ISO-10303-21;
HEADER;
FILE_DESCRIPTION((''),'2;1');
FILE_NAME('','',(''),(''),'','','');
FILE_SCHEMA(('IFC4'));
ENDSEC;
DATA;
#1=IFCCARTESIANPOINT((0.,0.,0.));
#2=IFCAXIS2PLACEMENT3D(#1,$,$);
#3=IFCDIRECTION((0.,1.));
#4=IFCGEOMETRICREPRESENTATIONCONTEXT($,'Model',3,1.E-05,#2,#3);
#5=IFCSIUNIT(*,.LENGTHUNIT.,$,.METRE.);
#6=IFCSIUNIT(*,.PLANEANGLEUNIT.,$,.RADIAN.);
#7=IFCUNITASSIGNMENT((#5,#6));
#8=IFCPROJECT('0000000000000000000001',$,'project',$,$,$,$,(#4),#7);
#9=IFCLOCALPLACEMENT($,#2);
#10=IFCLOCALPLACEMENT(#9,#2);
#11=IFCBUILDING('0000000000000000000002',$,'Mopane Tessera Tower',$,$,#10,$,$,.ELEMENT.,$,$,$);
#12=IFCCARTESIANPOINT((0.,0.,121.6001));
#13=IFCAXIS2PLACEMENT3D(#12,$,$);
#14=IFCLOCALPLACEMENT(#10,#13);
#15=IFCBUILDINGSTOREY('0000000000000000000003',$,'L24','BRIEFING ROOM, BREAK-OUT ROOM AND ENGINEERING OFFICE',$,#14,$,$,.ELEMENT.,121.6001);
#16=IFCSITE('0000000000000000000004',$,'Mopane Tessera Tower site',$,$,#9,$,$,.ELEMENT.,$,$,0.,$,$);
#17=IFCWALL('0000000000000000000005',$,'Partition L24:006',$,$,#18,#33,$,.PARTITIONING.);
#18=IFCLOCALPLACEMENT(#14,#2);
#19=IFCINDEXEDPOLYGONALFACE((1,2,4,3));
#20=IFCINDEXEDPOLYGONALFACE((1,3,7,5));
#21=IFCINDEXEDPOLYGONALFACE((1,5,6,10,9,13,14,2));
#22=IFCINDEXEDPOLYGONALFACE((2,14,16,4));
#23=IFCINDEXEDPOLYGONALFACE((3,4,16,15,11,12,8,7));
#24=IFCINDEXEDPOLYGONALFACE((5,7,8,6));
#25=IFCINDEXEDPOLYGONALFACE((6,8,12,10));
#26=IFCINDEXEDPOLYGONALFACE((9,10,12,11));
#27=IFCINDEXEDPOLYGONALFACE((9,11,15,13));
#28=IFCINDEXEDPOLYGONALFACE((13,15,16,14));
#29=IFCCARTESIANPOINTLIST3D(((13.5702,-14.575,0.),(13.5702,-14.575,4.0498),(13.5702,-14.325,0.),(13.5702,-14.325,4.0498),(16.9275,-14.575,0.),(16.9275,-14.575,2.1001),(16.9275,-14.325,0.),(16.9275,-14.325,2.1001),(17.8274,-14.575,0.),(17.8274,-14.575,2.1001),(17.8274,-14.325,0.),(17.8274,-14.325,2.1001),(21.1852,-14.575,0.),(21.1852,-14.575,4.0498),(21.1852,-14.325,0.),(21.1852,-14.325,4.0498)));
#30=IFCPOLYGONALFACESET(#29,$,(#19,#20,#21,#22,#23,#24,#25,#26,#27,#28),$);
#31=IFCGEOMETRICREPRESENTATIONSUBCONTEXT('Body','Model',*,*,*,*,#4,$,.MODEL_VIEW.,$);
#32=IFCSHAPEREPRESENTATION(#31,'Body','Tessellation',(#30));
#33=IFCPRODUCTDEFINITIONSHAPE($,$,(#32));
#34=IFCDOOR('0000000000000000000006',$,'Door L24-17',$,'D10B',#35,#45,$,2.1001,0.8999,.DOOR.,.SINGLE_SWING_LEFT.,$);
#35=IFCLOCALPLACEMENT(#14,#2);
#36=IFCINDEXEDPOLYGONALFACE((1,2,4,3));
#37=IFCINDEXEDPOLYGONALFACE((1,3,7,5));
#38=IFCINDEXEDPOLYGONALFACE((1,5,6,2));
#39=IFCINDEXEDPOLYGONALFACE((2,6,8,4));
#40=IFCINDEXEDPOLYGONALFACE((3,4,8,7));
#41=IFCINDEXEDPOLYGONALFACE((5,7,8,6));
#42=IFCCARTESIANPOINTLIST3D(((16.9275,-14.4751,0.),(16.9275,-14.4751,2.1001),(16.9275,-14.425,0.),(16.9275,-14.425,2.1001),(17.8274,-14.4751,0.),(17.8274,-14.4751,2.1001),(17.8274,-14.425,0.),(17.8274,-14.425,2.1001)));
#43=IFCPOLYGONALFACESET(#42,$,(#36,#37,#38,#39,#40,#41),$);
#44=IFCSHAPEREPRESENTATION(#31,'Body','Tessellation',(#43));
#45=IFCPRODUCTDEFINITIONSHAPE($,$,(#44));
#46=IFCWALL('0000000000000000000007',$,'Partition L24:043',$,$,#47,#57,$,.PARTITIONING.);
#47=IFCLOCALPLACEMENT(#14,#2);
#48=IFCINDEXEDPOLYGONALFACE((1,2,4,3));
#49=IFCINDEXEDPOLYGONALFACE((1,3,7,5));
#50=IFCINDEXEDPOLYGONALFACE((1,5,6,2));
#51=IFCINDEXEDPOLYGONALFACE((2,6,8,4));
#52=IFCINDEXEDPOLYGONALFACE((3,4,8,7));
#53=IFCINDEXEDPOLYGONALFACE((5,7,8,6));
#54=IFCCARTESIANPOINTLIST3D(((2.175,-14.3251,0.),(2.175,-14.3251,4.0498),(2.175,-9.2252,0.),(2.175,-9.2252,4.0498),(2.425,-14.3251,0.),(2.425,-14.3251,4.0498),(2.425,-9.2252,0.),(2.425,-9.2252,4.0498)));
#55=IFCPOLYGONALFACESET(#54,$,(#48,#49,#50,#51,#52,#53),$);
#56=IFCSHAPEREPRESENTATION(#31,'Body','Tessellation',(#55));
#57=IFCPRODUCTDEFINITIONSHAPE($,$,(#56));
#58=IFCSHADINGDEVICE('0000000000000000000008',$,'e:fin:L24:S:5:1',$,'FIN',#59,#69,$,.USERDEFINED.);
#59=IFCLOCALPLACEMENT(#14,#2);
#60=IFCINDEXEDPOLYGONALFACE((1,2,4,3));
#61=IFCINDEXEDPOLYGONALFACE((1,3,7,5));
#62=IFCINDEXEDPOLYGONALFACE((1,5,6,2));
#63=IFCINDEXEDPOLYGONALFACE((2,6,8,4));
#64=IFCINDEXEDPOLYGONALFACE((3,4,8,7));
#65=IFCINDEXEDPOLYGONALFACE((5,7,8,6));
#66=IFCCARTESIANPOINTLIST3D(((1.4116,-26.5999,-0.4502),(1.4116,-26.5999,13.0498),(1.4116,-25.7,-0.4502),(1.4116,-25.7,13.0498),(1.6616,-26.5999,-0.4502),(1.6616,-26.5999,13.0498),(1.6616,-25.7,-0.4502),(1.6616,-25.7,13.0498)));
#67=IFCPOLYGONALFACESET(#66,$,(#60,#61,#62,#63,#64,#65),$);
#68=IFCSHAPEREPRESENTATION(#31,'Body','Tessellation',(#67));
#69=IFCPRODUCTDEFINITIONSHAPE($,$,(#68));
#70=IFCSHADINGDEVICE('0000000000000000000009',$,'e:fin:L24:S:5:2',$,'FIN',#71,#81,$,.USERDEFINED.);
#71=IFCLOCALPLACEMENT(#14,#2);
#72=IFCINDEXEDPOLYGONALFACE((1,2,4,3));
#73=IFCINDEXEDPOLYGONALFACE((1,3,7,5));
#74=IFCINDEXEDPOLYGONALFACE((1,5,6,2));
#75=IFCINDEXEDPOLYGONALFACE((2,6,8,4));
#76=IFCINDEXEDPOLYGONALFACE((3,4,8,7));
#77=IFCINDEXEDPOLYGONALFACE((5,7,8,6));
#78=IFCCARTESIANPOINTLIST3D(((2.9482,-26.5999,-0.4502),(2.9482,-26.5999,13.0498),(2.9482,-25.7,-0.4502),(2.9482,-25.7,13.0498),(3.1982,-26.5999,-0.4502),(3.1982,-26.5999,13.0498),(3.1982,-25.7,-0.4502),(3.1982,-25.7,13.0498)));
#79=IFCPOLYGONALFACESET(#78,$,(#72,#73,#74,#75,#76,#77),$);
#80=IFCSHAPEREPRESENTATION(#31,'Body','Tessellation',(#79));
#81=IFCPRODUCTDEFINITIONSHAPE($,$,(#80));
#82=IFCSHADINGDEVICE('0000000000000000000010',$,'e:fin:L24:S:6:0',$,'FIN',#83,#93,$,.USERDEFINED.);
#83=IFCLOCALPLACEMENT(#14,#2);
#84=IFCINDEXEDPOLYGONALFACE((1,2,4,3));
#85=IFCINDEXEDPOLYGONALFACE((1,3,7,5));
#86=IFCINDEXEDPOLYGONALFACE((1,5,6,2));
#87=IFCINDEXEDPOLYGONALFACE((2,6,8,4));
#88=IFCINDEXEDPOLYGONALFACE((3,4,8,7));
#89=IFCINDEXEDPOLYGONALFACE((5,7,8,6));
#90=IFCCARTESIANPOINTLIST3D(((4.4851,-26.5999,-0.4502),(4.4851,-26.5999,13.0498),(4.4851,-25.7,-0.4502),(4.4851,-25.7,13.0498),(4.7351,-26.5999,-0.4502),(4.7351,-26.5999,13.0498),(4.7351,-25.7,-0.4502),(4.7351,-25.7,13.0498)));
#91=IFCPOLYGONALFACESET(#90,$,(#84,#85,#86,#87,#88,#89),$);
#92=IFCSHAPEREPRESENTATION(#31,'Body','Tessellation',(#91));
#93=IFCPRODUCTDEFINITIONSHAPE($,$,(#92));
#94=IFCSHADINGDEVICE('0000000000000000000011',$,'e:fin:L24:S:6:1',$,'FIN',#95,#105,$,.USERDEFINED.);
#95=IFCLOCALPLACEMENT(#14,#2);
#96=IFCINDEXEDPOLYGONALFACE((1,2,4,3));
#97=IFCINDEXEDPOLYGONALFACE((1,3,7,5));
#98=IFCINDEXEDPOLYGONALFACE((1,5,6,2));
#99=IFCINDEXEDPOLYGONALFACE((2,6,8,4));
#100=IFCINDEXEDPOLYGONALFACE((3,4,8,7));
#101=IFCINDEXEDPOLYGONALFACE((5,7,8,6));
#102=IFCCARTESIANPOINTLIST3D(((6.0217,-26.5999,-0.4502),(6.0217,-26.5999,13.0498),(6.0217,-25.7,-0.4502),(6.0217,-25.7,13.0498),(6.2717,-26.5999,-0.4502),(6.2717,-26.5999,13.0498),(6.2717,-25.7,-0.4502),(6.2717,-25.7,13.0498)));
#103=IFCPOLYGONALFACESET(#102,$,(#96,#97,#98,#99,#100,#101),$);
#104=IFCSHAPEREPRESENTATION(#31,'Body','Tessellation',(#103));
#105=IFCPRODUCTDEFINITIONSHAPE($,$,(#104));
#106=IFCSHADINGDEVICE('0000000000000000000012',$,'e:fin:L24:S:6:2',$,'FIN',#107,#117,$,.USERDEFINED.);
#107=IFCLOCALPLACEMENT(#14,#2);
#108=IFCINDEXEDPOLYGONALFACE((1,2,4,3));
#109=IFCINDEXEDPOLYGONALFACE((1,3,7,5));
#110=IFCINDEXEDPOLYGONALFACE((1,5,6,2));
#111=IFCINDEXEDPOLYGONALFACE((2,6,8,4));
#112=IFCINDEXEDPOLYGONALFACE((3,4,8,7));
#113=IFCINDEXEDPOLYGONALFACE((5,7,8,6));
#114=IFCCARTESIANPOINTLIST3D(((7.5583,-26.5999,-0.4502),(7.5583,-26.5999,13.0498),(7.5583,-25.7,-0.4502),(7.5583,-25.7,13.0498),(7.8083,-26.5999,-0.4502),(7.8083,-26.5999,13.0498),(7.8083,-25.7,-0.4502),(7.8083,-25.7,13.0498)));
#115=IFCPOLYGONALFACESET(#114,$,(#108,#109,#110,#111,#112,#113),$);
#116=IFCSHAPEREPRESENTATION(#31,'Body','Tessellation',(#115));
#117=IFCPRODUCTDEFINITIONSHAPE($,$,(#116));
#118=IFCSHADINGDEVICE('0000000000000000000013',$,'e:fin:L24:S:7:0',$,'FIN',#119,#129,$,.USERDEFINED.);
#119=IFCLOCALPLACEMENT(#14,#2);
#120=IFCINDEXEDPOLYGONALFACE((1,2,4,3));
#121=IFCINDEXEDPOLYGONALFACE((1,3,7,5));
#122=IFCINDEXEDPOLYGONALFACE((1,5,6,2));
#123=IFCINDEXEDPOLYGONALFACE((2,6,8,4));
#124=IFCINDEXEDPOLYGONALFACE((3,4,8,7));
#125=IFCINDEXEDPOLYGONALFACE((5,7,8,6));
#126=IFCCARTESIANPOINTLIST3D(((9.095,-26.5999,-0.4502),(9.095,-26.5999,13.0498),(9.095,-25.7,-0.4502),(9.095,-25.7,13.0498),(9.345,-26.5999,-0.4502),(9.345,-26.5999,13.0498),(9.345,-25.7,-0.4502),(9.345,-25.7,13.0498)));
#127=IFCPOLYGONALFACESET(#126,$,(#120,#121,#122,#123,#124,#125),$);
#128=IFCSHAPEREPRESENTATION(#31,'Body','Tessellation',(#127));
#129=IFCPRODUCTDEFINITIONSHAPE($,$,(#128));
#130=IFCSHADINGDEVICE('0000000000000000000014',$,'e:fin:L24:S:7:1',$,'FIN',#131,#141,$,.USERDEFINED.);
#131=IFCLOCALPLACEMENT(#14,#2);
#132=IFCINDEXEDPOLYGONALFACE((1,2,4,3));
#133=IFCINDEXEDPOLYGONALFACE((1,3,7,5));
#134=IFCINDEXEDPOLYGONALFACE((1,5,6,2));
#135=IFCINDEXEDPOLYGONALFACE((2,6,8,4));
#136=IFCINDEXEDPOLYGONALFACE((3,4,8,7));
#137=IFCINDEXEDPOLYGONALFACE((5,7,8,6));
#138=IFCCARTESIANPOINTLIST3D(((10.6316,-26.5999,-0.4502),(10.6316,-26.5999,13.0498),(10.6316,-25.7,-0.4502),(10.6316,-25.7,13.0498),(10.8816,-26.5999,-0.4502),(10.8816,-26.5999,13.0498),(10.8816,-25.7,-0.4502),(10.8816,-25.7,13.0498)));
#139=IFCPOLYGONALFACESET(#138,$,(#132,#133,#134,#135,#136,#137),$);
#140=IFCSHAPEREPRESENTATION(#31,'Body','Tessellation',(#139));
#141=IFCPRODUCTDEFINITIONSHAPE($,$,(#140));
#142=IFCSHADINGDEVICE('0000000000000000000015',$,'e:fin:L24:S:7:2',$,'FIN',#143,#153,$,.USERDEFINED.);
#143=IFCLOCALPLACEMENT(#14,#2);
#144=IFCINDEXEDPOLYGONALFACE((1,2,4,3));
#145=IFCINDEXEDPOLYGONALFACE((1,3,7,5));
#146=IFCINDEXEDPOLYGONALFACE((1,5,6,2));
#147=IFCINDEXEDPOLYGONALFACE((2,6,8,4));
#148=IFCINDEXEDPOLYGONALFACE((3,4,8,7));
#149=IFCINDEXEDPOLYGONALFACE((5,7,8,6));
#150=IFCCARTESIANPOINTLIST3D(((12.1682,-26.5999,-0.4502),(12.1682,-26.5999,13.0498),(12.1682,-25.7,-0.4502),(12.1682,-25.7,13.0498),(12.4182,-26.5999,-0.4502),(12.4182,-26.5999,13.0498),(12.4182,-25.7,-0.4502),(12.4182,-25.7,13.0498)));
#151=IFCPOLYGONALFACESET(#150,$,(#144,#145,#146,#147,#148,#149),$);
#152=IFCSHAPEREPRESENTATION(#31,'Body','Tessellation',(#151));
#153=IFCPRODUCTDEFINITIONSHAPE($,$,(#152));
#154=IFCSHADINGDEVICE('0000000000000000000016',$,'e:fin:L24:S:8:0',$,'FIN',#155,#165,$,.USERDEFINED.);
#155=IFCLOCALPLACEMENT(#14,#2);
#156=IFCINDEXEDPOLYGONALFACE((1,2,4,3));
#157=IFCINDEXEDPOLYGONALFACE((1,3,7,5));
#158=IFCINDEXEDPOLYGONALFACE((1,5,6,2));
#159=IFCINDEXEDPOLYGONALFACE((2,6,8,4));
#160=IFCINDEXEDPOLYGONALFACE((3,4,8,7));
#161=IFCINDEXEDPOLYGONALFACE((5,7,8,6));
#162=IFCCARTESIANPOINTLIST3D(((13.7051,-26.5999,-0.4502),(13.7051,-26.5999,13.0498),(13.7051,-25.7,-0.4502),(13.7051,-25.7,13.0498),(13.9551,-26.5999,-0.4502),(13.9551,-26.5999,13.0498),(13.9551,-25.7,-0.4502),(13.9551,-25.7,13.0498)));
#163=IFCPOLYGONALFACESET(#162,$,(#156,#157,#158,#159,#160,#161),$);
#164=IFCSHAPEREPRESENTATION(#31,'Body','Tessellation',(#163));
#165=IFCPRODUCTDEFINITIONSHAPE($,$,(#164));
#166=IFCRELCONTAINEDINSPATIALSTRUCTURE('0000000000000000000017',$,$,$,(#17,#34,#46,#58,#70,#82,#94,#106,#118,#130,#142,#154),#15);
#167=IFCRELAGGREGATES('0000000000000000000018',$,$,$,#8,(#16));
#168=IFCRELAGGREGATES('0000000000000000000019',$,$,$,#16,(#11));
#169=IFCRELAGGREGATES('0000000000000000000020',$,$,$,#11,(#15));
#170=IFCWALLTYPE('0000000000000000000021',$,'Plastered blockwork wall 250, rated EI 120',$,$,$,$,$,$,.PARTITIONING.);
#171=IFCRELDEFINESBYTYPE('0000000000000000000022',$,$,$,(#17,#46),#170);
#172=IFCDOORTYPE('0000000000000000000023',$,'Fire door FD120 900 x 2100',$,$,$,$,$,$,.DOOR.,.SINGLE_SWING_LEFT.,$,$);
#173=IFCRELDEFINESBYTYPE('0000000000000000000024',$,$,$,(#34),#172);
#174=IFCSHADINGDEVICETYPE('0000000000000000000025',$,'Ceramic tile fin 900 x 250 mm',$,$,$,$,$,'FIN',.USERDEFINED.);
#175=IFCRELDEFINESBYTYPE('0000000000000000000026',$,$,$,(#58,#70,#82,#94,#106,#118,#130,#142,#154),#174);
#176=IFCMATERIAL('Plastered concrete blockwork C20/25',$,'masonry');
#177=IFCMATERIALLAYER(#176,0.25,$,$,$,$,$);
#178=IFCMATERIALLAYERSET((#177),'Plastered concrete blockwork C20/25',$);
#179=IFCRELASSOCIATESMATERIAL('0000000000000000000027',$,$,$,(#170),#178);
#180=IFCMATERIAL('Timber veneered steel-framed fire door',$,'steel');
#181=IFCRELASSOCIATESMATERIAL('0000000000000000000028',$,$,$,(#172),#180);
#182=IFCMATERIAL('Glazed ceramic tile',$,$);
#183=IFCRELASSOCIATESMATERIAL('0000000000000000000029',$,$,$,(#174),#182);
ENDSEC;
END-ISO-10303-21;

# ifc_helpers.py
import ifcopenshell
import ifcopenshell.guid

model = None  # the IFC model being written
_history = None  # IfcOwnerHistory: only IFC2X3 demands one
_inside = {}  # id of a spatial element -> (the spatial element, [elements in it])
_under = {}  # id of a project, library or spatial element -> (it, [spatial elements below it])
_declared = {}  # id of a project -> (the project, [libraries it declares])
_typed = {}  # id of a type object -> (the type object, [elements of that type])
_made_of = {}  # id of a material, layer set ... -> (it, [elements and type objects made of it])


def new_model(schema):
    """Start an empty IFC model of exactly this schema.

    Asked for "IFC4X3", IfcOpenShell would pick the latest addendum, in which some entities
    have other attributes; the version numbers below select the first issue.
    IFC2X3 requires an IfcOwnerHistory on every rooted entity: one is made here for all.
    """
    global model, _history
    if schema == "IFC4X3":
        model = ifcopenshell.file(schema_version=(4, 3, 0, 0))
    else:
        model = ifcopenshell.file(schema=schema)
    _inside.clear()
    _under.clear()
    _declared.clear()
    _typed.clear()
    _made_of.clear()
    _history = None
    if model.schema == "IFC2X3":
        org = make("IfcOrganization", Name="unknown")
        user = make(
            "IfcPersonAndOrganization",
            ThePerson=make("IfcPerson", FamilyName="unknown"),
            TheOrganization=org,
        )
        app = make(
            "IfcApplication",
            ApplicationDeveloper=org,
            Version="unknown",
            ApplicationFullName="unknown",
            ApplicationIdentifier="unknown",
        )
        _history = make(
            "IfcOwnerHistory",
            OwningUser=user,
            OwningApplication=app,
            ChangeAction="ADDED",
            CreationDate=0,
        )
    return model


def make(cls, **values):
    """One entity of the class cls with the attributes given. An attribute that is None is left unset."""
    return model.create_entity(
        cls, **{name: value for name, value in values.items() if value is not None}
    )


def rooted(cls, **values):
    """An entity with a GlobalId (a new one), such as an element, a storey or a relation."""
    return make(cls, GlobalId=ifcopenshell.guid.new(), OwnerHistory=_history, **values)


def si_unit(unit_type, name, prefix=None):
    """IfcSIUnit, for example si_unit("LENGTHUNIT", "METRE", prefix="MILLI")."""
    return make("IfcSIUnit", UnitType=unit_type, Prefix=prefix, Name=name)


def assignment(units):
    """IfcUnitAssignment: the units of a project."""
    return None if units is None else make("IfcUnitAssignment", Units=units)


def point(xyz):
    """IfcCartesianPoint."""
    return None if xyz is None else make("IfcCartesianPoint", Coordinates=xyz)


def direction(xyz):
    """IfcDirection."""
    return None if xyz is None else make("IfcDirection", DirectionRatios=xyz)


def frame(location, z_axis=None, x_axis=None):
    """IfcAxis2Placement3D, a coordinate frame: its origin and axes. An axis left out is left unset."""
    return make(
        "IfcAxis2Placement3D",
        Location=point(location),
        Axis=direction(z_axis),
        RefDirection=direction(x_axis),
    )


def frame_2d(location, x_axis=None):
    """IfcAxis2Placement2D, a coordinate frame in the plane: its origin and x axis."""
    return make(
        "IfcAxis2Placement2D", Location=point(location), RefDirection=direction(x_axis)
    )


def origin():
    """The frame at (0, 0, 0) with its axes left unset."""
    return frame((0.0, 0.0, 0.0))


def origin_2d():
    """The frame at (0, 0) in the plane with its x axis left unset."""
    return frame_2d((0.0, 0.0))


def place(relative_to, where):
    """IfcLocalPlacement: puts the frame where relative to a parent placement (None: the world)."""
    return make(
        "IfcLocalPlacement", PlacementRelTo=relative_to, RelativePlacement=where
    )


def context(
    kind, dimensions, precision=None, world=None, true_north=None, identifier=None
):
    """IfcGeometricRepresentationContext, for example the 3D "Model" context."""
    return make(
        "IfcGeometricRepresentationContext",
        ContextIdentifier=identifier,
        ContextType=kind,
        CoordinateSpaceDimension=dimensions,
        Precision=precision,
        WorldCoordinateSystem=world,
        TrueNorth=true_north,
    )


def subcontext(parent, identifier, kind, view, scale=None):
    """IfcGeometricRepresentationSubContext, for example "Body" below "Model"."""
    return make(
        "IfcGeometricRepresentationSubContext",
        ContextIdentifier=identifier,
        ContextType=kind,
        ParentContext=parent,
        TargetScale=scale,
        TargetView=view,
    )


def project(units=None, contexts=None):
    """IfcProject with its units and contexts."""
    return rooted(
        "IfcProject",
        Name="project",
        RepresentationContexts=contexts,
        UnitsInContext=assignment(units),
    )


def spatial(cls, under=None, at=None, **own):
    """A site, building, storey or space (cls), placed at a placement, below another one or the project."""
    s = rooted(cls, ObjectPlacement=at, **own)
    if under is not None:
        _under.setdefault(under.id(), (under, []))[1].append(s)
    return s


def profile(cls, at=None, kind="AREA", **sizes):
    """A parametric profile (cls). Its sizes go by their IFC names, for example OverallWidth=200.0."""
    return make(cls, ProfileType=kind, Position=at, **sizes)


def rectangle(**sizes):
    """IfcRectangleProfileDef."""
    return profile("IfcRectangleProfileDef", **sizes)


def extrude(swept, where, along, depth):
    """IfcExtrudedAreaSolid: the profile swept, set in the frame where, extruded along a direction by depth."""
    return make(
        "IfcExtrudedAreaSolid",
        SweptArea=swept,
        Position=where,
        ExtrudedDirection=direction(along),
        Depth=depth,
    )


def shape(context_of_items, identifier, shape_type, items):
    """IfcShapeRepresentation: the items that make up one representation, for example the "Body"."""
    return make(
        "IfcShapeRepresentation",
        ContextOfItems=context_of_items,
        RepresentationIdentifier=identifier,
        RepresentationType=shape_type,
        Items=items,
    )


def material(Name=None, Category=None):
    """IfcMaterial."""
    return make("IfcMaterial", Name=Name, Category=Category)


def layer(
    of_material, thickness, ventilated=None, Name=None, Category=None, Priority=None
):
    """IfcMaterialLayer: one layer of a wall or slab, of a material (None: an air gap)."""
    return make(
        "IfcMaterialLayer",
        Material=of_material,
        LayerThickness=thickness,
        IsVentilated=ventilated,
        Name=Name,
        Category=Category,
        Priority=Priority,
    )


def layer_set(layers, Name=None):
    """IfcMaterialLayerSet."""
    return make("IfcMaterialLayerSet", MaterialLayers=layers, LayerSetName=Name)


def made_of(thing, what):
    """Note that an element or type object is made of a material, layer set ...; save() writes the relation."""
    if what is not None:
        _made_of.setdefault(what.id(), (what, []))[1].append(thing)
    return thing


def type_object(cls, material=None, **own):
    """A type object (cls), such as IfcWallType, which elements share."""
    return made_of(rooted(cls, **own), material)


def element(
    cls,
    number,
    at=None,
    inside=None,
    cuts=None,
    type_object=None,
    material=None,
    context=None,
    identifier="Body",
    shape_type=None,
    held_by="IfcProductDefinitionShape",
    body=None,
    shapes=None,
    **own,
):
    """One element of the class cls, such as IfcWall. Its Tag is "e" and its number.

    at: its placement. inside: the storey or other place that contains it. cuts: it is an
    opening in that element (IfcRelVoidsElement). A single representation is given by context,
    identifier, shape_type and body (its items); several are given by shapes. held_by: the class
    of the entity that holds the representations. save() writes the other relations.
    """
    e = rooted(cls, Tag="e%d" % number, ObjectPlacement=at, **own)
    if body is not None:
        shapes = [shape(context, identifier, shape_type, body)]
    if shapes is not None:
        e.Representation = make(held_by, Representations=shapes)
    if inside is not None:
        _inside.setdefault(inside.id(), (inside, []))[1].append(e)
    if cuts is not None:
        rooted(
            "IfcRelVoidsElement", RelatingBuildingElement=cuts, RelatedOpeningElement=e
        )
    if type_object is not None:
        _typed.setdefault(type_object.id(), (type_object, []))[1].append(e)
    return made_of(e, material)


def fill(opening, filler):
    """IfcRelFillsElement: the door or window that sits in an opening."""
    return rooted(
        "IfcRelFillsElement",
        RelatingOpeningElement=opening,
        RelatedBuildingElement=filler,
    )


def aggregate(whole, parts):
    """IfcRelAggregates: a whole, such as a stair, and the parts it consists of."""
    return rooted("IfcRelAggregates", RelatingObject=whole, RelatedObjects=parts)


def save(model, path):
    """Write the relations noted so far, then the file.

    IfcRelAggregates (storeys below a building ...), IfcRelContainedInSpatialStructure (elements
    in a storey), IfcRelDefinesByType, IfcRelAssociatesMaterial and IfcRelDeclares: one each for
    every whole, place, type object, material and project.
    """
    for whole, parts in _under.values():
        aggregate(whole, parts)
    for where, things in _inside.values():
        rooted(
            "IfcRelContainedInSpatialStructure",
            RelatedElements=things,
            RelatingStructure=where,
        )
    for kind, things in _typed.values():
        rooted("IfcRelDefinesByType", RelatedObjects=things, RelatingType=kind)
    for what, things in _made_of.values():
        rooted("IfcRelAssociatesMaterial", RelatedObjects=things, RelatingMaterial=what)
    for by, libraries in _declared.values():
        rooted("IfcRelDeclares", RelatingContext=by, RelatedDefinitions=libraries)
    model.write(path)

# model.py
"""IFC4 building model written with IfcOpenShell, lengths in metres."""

from ifc_helpers import new_model, si_unit, direction, frame, frame_2d, origin, origin_2d, place, context, subcontext, project, spatial, rectangle, extrude, material, layer, layer_set, type_object, element, fill, save


model = new_model("IFC4")

# Units and contexts
model_context = context("Model", 3, precision=1e-05, world=origin(), true_north=direction((0.0, 1.0)))
body_context = subcontext(model_context, "Body", "Model", "MODEL_VIEW")
ifc_project = project(units=[si_unit("LENGTHUNIT", "METRE"), si_unit("PLANEANGLEUNIT", "RADIAN")], contexts=[model_context])

# Site, building, storey
site_placement = place(None, origin())
site = spatial("IfcSite", under=ifc_project, at=site_placement, Name="Mopane Tessera Tower site", CompositionType="ELEMENT", RefElevation=0.0)
building_placement = place(site_placement, origin())
building = spatial("IfcBuilding", under=site, at=building_placement, Name="Mopane Tessera Tower", CompositionType="ELEMENT")
storey_placement = place(building_placement, frame((0.0, 0.0, 121.6001)))
storey = spatial("IfcBuildingStorey", under=building, at=storey_placement, Name="L24", Description="BRIEFING ROOM, BREAK-OUT ROOM AND ENGINEERING OFFICE", CompositionType="ELEMENT", Elevation=121.6001)

# Wall, opening, door
ifc_material_1 = material(Name="Plastered concrete blockwork C20/25", Category="masonry")
ifc_layer_1 = layer(ifc_material_1, 0.25)
ifc_layer_set_1 = layer_set([ifc_layer_1], Name="Plastered concrete blockwork C20/25")
wall_type_1 = type_object("IfcWallType", Name="Plastered blockwork wall 250, rated EI 120", PredefinedType="PARTITIONING", material=ifc_layer_set_1)
wall_1_placement = place(storey_placement, frame((13.5701, -14.45, 0.0), z_axis=(0.0, 0.0, 1.0), x_axis=(1.0, 0.0, 0.0)))
wall_1 = element("IfcWall", 1, at=wall_1_placement, inside=storey, type_object=wall_type_1, Name="Partition L24:006", PredefinedType="PARTITIONING", context=body_context, shape_type="SweptSolid", body=[
    extrude(rectangle(XDim=7.615, YDim=0.25, at=frame_2d((3.8076, 0.0))), origin(), (0.0, 0.0, 1.0), 4.0498),
])
opening_placement = place(wall_1_placement, frame((3.3574, 0.0, 0.0)))
opening = element("IfcOpeningElement", 2, at=opening_placement, cuts=wall_1, PredefinedType="OPENING", context=body_context, shape_type="SweptSolid", body=[
    extrude(rectangle(XDim=0.8999, YDim=2.1001, at=frame_2d((0.45, 1.05))), frame((0.0, 0.137, 0.0), z_axis=(0.0, -1.0, 0.0), x_axis=(1.0, 0.0, 0.0)), (0.0, 0.0, 1.0), 0.2739),
])
ifc_material_2 = material(Name="Timber veneered steel-framed fire door", Category="steel")
door_type = type_object("IfcDoorType", Name="Fire door FD120 900 x 2100", OperationType="SINGLE_SWING_LEFT", PredefinedType="DOOR", material=ifc_material_2)
door_placement = place(opening_placement, origin())
door = element("IfcDoor", 3, at=door_placement, inside=storey, type_object=door_type, Name="Door L24-17", ObjectType="D10B", OperationType="SINGLE_SWING_LEFT", OverallHeight=2.1001, OverallWidth=0.8999, PredefinedType="DOOR", context=body_context, shape_type="SweptSolid", body=[
    extrude(rectangle(XDim=0.8999, YDim=2.1001, at=frame_2d((0.45, 1.05))), frame((0.0, 0.0249, 0.0), z_axis=(0.0, -1.0, 0.0), x_axis=(1.0, 0.0, 0.0)), (0.0, 0.0, 1.0), 0.05),
])
fill(opening, door)

# Wall
wall_2_placement = place(storey_placement, frame((2.3, -14.325, 0.0), z_axis=(0.0, 0.0, 1.0), x_axis=(0.0, 1.0, 0.0)))
element("IfcWall", 4, at=wall_2_placement, inside=storey, type_object=wall_type_1, Name="Partition L24:043", PredefinedType="PARTITIONING", context=body_context, shape_type="SweptSolid", body=[
    extrude(rectangle(XDim=5.0999, YDim=0.25, at=frame_2d((2.5498, 0.0))), origin(), (0.0, 0.0, 1.0), 4.0498),
])

# Shading devices
ifc_material_3 = material(Name="Glazed ceramic tile")
shading_device_type = type_object("IfcShadingDeviceType", Name="Ceramic tile fin 900 x 250 mm", ElementType="FIN", PredefinedType="USERDEFINED", material=ifc_material_3)
for number, where, z_axis, x_axis, name in (
    (5, (1.5366, -26.1499, -0.4502), (0.0, 0.0, 1.0), (1.0, 0.0, 0.0), "e:fin:L24:S:5:1"),
    (6, (3.0732, -26.1499, -0.4502), (0.0, 0.0, 1.0), (1.0, 0.0, 0.0), "e:fin:L24:S:5:2"),
    (7, (4.6101, -26.1499, -0.4502), (0.0, 0.0, 1.0), (1.0, 0.0, 0.0), "e:fin:L24:S:6:0"),
    (8, (6.1467, -26.1499, -0.4502), (0.0, 0.0, 1.0), (1.0, 0.0, 0.0), "e:fin:L24:S:6:1"),
    (9, (7.6833, -26.1499, -0.4502), (0.0, 0.0, 1.0), (1.0, 0.0, 0.0), "e:fin:L24:S:6:2"),
    (10, (9.22, -26.1499, -0.4502), (0.0, 0.0, 1.0), (1.0, 0.0, 0.0), "e:fin:L24:S:7:0"),
    (11, (10.7566, -26.1499, -0.4502), (0.0, 0.0, 1.0), (1.0, 0.0, 0.0), "e:fin:L24:S:7:1"),
    (12, (12.2932, -26.1499, -0.4502), (0.0, 0.0, 1.0), (1.0, 0.0, 0.0), "e:fin:L24:S:7:2"),
    (13, (13.8301, -26.1499, -0.4502), (0.0, 0.0, 1.0), (1.0, 0.0, 0.0), "e:fin:L24:S:8:0"),
):
    element("IfcShadingDevice", number, at=place(storey_placement, frame(where, z_axis=z_axis, x_axis=x_axis)), inside=storey, type_object=shading_device_type, Name=name, ObjectType="FIN", PredefinedType="USERDEFINED", context=body_context, shape_type="SweptSolid", body=[
        extrude(rectangle(XDim=0.25, YDim=0.8999, at=origin_2d()), origin(), (0.0, 0.0, 1.0), 13.5),
    ])

save(model, "model.ifc")
